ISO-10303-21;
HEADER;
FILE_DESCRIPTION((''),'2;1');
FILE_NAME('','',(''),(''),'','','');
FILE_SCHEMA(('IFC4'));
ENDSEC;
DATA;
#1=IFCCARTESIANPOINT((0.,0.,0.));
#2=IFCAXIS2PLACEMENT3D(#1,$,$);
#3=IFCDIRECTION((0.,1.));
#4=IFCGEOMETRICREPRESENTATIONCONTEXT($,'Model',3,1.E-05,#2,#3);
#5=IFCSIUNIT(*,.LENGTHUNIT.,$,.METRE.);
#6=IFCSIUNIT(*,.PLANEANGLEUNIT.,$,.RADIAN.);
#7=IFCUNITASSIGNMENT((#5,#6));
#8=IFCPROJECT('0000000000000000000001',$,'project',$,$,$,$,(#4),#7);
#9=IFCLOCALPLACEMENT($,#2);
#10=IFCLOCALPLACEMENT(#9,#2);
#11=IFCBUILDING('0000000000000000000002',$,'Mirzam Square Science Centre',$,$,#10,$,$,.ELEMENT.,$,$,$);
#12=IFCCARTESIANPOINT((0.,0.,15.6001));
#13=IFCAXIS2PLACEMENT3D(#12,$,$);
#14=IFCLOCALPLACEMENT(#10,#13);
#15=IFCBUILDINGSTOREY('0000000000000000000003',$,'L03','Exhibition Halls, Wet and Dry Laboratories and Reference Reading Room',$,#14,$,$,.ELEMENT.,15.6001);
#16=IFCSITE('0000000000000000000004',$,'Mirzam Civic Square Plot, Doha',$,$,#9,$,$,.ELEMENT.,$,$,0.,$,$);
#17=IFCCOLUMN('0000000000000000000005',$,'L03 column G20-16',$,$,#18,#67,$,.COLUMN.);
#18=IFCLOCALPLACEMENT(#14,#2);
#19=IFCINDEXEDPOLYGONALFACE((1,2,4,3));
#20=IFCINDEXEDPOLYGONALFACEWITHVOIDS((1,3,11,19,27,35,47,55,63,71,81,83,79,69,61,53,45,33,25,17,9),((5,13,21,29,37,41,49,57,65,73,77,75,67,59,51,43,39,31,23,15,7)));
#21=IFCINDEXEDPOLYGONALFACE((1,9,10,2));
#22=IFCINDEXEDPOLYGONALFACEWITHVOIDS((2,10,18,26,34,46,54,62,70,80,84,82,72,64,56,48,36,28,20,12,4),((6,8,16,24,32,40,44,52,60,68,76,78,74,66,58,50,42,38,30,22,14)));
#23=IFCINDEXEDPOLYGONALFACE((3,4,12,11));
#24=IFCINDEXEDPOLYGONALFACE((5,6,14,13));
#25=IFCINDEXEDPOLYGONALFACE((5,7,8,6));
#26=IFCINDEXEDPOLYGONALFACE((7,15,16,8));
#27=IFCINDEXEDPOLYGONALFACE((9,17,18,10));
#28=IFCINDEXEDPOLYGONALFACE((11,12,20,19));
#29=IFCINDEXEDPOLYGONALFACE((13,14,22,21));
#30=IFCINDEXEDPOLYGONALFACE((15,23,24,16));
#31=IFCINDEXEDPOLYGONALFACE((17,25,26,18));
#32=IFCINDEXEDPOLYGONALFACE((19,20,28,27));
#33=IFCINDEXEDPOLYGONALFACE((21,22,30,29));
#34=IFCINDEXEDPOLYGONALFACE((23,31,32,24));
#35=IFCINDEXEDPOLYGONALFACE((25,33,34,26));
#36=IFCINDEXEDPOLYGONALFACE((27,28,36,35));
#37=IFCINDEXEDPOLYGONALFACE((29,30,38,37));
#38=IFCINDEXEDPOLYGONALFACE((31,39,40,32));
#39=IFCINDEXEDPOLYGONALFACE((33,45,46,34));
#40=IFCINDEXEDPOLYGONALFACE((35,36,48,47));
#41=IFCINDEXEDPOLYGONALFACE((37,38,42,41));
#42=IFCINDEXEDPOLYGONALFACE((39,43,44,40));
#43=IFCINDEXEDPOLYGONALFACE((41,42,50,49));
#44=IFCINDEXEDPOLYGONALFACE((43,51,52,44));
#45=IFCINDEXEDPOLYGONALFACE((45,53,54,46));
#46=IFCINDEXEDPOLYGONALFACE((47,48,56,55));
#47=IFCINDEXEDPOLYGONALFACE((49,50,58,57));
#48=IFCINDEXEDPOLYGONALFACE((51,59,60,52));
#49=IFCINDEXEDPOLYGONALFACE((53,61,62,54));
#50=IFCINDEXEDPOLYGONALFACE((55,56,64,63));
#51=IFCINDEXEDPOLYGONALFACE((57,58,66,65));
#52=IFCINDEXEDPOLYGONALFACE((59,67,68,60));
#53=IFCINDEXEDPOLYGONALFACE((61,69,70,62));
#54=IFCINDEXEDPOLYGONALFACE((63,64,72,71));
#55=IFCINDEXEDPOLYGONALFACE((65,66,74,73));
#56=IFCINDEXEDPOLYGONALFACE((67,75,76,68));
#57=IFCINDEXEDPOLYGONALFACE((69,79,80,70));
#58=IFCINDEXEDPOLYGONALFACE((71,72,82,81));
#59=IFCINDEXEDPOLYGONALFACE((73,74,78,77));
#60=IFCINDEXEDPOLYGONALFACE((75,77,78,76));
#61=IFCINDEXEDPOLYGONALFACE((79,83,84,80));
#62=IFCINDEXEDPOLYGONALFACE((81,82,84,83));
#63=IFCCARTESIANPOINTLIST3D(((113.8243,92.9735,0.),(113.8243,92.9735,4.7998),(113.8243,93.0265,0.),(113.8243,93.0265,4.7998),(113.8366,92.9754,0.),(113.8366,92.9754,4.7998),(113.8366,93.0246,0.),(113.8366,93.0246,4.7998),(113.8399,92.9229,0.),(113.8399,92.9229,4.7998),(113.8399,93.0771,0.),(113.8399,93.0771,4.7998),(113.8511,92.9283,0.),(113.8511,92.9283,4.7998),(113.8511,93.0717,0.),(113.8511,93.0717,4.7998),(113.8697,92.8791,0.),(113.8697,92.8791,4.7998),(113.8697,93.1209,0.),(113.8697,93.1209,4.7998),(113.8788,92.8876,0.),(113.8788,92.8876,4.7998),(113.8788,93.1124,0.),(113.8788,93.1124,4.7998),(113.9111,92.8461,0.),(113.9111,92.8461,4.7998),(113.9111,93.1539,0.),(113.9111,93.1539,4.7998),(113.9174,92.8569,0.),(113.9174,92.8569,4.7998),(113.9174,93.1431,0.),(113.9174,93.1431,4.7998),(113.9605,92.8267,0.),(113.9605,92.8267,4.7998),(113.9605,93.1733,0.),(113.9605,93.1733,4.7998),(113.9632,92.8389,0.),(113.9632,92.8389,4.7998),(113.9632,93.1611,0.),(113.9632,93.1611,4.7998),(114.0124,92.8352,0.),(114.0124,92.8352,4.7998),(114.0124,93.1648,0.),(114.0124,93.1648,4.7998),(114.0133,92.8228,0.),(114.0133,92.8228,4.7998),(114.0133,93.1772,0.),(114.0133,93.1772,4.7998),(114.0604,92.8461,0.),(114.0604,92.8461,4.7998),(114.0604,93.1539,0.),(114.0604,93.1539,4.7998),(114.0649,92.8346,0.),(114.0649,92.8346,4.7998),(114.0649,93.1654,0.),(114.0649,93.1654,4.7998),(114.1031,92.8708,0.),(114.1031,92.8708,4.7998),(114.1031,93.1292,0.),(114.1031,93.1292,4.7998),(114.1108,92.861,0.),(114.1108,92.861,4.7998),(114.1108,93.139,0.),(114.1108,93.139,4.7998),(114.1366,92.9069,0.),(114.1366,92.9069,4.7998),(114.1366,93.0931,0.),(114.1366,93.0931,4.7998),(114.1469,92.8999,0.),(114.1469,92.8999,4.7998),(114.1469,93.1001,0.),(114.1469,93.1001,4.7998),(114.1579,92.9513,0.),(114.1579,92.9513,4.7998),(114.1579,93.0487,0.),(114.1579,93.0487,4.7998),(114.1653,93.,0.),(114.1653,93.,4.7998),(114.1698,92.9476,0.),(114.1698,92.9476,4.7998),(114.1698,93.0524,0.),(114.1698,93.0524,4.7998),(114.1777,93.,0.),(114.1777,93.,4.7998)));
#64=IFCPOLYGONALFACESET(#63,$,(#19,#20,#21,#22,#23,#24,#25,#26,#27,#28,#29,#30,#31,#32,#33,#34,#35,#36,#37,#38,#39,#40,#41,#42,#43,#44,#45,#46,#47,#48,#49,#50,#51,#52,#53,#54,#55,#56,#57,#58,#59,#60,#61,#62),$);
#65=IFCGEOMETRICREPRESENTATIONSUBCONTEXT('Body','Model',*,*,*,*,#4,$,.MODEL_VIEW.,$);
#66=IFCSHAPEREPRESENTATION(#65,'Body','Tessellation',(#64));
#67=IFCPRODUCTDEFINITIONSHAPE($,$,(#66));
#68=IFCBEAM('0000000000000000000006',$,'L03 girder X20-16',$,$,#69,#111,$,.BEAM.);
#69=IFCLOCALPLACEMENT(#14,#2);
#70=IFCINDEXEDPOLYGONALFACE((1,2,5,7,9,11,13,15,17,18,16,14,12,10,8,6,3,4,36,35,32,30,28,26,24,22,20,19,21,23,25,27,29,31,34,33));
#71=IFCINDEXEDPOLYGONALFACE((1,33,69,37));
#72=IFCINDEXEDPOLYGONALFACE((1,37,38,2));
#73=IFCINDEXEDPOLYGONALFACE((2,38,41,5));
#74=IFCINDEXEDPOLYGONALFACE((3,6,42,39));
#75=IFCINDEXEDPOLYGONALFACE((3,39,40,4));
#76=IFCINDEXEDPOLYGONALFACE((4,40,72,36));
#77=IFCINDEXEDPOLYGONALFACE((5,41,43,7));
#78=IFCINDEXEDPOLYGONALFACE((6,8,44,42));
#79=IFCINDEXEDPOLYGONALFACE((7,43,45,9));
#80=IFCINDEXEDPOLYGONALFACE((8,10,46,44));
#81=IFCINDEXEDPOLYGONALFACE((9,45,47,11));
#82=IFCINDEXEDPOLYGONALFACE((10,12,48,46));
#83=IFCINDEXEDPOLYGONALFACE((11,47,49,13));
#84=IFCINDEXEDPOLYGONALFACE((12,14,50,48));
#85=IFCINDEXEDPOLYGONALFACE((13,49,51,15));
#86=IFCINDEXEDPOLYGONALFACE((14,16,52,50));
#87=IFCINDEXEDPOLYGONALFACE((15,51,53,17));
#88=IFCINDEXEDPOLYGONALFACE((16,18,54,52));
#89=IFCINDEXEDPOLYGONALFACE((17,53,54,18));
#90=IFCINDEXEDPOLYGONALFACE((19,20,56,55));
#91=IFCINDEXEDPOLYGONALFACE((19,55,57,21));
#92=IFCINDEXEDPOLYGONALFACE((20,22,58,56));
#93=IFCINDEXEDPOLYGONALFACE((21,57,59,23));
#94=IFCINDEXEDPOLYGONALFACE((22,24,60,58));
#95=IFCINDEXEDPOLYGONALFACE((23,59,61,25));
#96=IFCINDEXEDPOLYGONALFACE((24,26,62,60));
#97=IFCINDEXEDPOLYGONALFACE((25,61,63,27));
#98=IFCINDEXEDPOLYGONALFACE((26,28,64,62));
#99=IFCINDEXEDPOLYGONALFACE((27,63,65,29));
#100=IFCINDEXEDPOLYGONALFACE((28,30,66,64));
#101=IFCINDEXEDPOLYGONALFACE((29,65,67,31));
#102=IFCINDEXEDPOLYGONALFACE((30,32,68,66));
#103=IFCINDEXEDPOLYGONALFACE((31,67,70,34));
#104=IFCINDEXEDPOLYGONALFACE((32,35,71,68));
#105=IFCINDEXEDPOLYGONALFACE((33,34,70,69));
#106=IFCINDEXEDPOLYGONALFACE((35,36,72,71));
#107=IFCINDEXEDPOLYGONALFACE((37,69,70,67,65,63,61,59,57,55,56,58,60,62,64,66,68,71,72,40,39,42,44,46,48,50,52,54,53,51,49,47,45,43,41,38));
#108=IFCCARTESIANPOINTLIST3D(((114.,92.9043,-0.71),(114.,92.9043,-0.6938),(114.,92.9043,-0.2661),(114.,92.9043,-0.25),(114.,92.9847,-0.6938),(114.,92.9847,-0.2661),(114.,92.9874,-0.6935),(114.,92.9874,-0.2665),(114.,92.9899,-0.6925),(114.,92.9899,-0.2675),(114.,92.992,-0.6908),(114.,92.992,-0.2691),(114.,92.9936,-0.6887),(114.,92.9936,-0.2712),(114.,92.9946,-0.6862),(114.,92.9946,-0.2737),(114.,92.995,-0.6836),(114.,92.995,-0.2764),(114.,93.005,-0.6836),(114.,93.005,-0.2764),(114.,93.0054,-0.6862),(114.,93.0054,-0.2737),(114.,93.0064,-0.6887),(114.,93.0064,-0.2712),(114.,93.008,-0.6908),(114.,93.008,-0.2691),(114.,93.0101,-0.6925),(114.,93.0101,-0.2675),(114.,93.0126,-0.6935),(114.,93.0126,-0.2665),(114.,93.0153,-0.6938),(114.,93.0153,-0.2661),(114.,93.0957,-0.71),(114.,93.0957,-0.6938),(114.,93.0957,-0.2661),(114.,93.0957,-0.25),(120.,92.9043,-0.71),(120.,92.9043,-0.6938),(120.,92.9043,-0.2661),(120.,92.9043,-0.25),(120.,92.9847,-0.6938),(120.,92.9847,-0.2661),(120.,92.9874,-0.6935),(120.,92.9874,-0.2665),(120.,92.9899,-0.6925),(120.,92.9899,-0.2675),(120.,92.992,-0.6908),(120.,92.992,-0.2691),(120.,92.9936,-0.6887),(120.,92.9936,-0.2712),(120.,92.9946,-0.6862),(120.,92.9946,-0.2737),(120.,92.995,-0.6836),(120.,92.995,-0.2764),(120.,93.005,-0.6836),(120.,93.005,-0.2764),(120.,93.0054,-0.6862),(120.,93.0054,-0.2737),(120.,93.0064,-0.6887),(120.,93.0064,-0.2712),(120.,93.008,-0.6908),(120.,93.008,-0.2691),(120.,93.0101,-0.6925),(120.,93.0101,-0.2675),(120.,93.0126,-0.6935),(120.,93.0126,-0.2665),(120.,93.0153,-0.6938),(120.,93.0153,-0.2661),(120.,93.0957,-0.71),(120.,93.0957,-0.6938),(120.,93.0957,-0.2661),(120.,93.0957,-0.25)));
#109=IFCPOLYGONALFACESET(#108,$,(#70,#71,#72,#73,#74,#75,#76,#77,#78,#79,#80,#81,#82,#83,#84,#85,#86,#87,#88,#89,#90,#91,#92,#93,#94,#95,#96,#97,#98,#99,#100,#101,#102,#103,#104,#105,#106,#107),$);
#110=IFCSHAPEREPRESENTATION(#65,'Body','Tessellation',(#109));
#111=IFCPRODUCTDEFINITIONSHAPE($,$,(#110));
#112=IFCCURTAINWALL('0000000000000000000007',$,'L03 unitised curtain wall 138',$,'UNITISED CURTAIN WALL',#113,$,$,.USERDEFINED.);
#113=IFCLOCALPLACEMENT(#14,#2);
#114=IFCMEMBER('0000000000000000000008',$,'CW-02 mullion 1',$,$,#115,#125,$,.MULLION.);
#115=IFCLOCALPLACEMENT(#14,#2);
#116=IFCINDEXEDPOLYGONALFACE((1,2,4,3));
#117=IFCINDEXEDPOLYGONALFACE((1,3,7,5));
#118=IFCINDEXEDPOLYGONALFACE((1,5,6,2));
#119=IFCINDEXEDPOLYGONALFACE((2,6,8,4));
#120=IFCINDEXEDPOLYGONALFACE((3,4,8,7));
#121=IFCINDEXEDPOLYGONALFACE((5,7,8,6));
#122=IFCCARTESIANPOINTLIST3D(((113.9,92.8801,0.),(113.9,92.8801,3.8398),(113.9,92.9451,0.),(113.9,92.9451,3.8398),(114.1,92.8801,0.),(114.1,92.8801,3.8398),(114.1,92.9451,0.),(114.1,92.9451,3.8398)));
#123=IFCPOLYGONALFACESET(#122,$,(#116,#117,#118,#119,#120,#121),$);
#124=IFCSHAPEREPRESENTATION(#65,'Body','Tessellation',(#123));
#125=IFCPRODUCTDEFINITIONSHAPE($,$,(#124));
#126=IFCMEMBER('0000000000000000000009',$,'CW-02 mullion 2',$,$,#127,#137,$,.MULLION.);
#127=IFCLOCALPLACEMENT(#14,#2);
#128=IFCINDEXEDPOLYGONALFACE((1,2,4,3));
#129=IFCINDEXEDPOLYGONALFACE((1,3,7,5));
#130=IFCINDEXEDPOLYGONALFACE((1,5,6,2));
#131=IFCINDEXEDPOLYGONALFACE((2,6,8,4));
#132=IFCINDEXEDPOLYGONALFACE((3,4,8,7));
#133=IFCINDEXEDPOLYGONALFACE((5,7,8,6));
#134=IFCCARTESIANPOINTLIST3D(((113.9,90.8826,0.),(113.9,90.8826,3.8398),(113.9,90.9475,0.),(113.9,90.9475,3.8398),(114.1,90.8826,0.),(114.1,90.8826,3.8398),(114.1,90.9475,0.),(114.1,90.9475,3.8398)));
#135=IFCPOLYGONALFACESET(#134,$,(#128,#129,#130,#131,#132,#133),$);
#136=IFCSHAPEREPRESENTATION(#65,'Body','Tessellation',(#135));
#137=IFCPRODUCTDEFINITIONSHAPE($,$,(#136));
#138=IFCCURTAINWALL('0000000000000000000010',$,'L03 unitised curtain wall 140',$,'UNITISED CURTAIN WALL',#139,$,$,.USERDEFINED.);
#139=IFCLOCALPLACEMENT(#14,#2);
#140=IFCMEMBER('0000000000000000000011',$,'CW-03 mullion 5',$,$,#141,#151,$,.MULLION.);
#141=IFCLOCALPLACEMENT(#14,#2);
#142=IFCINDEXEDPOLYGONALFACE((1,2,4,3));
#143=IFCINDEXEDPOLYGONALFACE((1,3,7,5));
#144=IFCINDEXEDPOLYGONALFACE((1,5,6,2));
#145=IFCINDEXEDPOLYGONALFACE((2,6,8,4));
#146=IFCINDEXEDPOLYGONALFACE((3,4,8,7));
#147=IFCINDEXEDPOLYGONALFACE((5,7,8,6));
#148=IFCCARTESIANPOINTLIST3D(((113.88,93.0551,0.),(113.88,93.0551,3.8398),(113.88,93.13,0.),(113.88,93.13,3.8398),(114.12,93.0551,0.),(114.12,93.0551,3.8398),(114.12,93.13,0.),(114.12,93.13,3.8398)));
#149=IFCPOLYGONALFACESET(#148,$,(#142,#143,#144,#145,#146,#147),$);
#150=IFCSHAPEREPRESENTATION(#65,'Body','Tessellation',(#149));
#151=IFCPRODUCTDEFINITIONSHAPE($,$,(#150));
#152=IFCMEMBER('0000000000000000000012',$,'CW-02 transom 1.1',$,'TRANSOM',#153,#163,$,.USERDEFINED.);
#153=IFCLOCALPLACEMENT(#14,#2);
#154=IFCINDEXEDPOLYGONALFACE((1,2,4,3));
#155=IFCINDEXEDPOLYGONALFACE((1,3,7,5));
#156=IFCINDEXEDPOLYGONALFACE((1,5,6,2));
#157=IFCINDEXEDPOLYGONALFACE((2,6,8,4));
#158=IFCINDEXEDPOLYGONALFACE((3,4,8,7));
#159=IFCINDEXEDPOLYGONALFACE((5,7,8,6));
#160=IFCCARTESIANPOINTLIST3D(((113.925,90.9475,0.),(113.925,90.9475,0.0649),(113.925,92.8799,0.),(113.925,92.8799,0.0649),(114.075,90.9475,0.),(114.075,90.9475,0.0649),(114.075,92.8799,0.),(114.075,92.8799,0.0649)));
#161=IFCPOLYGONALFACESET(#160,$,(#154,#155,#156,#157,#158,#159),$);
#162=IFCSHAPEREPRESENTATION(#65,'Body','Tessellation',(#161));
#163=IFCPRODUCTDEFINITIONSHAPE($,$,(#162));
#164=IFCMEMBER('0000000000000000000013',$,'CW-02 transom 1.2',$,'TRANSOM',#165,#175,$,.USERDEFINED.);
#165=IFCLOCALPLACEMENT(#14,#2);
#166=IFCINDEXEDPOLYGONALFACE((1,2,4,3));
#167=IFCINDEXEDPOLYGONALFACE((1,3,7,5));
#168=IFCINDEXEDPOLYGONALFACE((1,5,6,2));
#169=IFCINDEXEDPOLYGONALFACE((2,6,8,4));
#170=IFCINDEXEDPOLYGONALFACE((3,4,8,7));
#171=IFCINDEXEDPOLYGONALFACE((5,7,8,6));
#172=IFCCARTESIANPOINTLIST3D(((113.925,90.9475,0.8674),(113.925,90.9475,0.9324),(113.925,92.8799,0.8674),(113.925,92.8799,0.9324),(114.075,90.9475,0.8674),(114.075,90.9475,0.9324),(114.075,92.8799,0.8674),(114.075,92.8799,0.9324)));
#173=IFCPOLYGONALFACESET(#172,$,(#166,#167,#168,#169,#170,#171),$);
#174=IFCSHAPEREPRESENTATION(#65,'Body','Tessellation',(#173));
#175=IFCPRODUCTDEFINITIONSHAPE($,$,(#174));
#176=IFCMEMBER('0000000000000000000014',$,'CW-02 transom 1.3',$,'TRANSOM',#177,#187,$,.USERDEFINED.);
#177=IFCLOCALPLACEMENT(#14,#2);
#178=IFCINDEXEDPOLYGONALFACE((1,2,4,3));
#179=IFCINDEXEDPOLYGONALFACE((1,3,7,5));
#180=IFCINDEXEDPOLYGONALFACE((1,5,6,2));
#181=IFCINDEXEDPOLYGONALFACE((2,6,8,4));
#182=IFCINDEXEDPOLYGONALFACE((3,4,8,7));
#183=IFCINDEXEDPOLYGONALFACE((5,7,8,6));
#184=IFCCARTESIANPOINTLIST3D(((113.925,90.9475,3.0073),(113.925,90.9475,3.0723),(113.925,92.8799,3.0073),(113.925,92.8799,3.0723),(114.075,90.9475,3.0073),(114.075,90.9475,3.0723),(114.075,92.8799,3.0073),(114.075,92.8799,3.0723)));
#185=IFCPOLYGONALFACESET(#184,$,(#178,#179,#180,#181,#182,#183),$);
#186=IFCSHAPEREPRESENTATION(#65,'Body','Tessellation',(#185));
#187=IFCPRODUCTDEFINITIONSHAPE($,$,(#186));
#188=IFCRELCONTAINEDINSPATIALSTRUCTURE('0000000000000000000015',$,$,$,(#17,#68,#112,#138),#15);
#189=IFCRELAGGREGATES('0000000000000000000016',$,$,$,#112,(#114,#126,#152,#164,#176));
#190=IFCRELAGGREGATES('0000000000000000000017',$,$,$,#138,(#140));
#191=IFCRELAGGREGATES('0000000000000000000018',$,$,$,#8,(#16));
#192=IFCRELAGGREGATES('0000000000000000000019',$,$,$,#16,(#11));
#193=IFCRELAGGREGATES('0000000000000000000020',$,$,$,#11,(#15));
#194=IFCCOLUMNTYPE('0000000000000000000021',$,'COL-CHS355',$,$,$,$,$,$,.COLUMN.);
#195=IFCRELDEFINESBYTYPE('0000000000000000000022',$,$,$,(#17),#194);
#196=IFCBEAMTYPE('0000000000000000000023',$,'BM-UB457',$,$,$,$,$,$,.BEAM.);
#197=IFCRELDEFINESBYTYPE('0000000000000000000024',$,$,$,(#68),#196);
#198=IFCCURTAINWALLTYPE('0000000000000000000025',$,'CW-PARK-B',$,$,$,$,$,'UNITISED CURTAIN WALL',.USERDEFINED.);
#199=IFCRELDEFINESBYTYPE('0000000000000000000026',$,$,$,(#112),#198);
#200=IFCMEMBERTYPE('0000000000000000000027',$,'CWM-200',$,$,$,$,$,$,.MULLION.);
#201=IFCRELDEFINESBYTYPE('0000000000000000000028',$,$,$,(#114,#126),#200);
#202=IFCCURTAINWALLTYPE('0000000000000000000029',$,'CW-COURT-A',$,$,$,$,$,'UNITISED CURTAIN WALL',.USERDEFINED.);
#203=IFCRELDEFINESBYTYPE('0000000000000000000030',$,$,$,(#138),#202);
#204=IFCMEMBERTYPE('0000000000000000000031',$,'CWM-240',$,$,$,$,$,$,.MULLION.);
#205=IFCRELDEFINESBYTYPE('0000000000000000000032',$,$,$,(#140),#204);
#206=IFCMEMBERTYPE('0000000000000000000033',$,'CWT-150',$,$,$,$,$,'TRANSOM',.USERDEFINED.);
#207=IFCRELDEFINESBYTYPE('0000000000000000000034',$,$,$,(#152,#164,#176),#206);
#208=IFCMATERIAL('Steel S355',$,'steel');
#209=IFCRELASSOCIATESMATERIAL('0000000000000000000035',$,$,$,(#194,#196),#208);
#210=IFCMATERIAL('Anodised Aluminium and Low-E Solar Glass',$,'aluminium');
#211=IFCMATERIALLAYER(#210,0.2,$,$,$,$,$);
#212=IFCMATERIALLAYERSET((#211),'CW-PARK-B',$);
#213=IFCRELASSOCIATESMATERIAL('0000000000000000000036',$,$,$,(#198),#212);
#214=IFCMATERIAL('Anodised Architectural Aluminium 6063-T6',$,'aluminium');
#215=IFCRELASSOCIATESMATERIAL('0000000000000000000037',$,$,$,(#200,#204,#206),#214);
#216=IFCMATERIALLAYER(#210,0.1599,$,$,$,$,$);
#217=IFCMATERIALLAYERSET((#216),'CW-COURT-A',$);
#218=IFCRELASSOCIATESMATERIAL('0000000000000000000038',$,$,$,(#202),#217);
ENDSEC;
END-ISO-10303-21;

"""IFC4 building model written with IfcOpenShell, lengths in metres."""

from ifc_helpers import new_model, si_unit, direction, frame, origin, origin_2d, place, context, subcontext, project, spatial, rectangle, hollow_circle, i_section, extrude, material, layer, layer_set, material_profile, profile_set, type_object, element, aggregate, save


model = new_model("IFC4")

# Units and contexts
model_context = context("Model", 3, precision=1e-05, world=origin(), true_north=direction((0.0, 1.0)))
body_context = subcontext(model_context, "Body", "Model", "MODEL_VIEW")
ifc_project = project(units=[si_unit("LENGTHUNIT", "METRE"), si_unit("PLANEANGLEUNIT", "RADIAN")], contexts=[model_context])

# Site, building, storey
site_placement = place(None, origin())
site = spatial("IfcSite", under=ifc_project, at=site_placement, Name="Mirzam Civic Square Plot, Doha", CompositionType="ELEMENT", RefElevation=0.0)
building_placement = place(site_placement, origin())
building = spatial("IfcBuilding", under=site, at=building_placement, Name="Mirzam Square Science Centre", CompositionType="ELEMENT")
storey_placement = place(building_placement, frame((0.0, 0.0, 15.6001)))
storey = spatial("IfcBuildingStorey", under=building, at=storey_placement, Name="L03", Description="Exhibition Halls, Wet and Dry Laboratories and Reference Reading Room", CompositionType="ELEMENT", Elevation=15.6001)

# Column
ifc_material_1 = material(Name="Steel S355", Category="steel")
ifc_material_profile_1 = material_profile(ifc_material_1, hollow_circle(Radius=0.1777, WallThickness=0.0125, at=origin_2d()), Name="355.6x12.5CHS")
ifc_profile_set_1 = profile_set([ifc_material_profile_1], Name="Steel S355")
column_type = type_object("IfcColumnType", Name="COL-CHS355", PredefinedType="COLUMN", material=ifc_profile_set_1)
column_placement = place(storey_placement, frame((114.0, 93.0, 0.0), z_axis=(0.0, 0.0, 1.0), x_axis=(1.0, 0.0, 0.0)))
element("IfcColumn", 1, at=column_placement, inside=storey, type_object=column_type, Name="L03 column G20-16", PredefinedType="COLUMN", context=body_context, shape_type="SweptSolid", body=[
    extrude(hollow_circle(Radius=0.1777, WallThickness=0.0125, at=origin_2d()), origin(), (0.0, 0.0, 1.0), 4.7998),
])

# Beam
ifc_material_profile_2 = material_profile(ifc_material_1, i_section(OverallWidth=0.1914, OverallDepth=0.46, WebThickness=0.01, FlangeThickness=0.0161, FilletRadius=0.0103, at=origin_2d()), Name="457x191x82UB")
ifc_profile_set_2 = profile_set([ifc_material_profile_2], Name="Steel S355")
beam_type_1 = type_object("IfcBeamType", Name="BM-UB457", PredefinedType="BEAM", material=ifc_profile_set_2)
beam_1_placement = place(storey_placement, frame((114.0, 93.0, -0.48), z_axis=(1.0, 0.0, 0.0), x_axis=(0.0, 1.0, 0.0)))
element("IfcBeam", 2, at=beam_1_placement, inside=storey, type_object=beam_type_1, Name="L03 girder X20-16", PredefinedType="BEAM", context=body_context, shape_type="SweptSolid", body=[
    extrude(i_section(OverallWidth=0.1914, OverallDepth=0.46, WebThickness=0.01, FlangeThickness=0.0161, FilletRadius=0.0103, at=origin_2d()), origin(), (0.0, 0.0, 1.0), 6.0),
])

# Curtain wall, members
ifc_material_2 = material(Name="Anodised Aluminium and Low-E Solar Glass", Category="aluminium")
ifc_layer_1 = layer(ifc_material_2, 0.2)
ifc_layer_set_1 = layer_set([ifc_layer_1], Name="CW-PARK-B")
curtain_wall_type_1 = type_object("IfcCurtainWallType", Name="CW-PARK-B", ElementType="UNITISED CURTAIN WALL", PredefinedType="USERDEFINED", material=ifc_layer_set_1)
curtain_wall_1_placement = place(storey_placement, origin())
curtain_wall_1 = element("IfcCurtainWall", 3, at=curtain_wall_1_placement, inside=storey, type_object=curtain_wall_type_1, Name="L03 unitised curtain wall 138", ObjectType="UNITISED CURTAIN WALL", PredefinedType="USERDEFINED")
ifc_material_3 = material(Name="Anodised Architectural Aluminium 6063-T6", Category="aluminium")
ifc_material_profile_3 = material_profile(ifc_material_3, rectangle(XDim=0.0649, YDim=0.2, at=origin_2d()), Name="ALU-MULL-200x65x5")
ifc_profile_set_3 = profile_set([ifc_material_profile_3], Name="Anodised Architectural Aluminium 6063-T6")
member_type_1 = type_object("IfcMemberType", Name="CWM-200", PredefinedType="MULLION", material=ifc_profile_set_3)
member_1_placement = place(storey_placement, frame((114.0, 92.9126, 0.0), z_axis=(0.0, 0.0, 1.0), x_axis=(0.0, -1.0, 0.0)))
member_1 = element("IfcMember", 4, at=member_1_placement, type_object=member_type_1, Name="CW-02 mullion 1", PredefinedType="MULLION", context=body_context, shape_type="SweptSolid", body=[
    extrude(rectangle(XDim=0.0649, YDim=0.2, at=origin_2d()), origin(), (0.0, 0.0, 1.0), 3.8398),
])
member_2_placement = place(storey_placement, frame((114.0, 90.915, 0.0), z_axis=(0.0, 0.0, 1.0), x_axis=(0.0, -1.0, 0.0)))
member_2 = element("IfcMember", 5, at=member_2_placement, type_object=member_type_1, Name="CW-02 mullion 2", PredefinedType="MULLION", context=body_context, shape_type="SweptSolid", body=[
    extrude(rectangle(XDim=0.0649, YDim=0.2, at=origin_2d()), origin(), (0.0, 0.0, 1.0), 3.8398),
])

# Curtain wall, member
ifc_layer_2 = layer(ifc_material_2, 0.1599)
ifc_layer_set_2 = layer_set([ifc_layer_2], Name="CW-COURT-A")
curtain_wall_type_2 = type_object("IfcCurtainWallType", Name="CW-COURT-A", ElementType="UNITISED CURTAIN WALL", PredefinedType="USERDEFINED", material=ifc_layer_set_2)
curtain_wall_2_placement = place(storey_placement, origin())
curtain_wall_2 = element("IfcCurtainWall", 6, at=curtain_wall_2_placement, inside=storey, type_object=curtain_wall_type_2, Name="L03 unitised curtain wall 140", ObjectType="UNITISED CURTAIN WALL", PredefinedType="USERDEFINED")
ifc_material_profile_4 = material_profile(ifc_material_3, rectangle(XDim=0.075, YDim=0.24, at=origin_2d()), Name="ALU-MULL-240x75x5")
ifc_profile_set_4 = profile_set([ifc_material_profile_4], Name="Anodised Architectural Aluminium 6063-T6")
member_type_2 = type_object("IfcMemberType", Name="CWM-240", PredefinedType="MULLION", material=ifc_profile_set_4)
member_3_placement = place(storey_placement, frame((114.0, 93.0925, 0.0), z_axis=(0.0, 0.0, 1.0), x_axis=(0.0, -1.0, 0.0)))
member_3 = element("IfcMember", 7, at=member_3_placement, type_object=member_type_2, Name="CW-03 mullion 5", PredefinedType="MULLION", context=body_context, shape_type="SweptSolid", body=[
    extrude(rectangle(XDim=0.075, YDim=0.24, at=origin_2d()), origin(), (0.0, 0.0, 1.0), 3.8398),
])

# Members
ifc_material_profile_5 = material_profile(ifc_material_3, rectangle(XDim=0.1499, YDim=0.0649, at=origin_2d()), Name="ALU-TRAN-150x65x4")
ifc_profile_set_5 = profile_set([ifc_material_profile_5], Name="Anodised Architectural Aluminium 6063-T6")
member_type_3 = type_object("IfcMemberType", Name="CWT-150", ElementType="TRANSOM", PredefinedType="USERDEFINED", material=ifc_profile_set_5)
member_4_placement = place(storey_placement, frame((114.0, 92.8799, 0.0325), z_axis=(0.0, -1.0, 0.0), x_axis=(1.0, 0.0, 0.0)))
member_4 = element("IfcMember", 8, at=member_4_placement, type_object=member_type_3, Name="CW-02 transom 1.1", ObjectType="TRANSOM", PredefinedType="USERDEFINED", context=body_context, shape_type="SweptSolid", body=[
    extrude(rectangle(XDim=0.1499, YDim=0.0649, at=origin_2d()), origin(), (0.0, 0.0, 1.0), 1.9324),
])
member_5_placement = place(storey_placement, frame((114.0, 92.8799, 0.8999), z_axis=(0.0, -1.0, 0.0), x_axis=(1.0, 0.0, 0.0)))
member_5 = element("IfcMember", 9, at=member_5_placement, type_object=member_type_3, Name="CW-02 transom 1.2", ObjectType="TRANSOM", PredefinedType="USERDEFINED", context=body_context, shape_type="SweptSolid", body=[
    extrude(rectangle(XDim=0.1499, YDim=0.0649, at=origin_2d()), origin(), (0.0, 0.0, 1.0), 1.9324),
])
member_6_placement = place(storey_placement, frame((114.0, 92.8799, 3.0398), z_axis=(0.0, -1.0, 0.0), x_axis=(1.0, 0.0, 0.0)))
member_6 = element("IfcMember", 10, at=member_6_placement, type_object=member_type_3, Name="CW-02 transom 1.3", ObjectType="TRANSOM", PredefinedType="USERDEFINED", context=body_context, shape_type="SweptSolid", body=[
    extrude(rectangle(XDim=0.1499, YDim=0.0649, at=origin_2d()), origin(), (0.0, 0.0, 1.0), 1.9324),
])

aggregate(curtain_wall_1, [member_1, member_2, member_4, member_5, member_6])
aggregate(curtain_wall_2, [member_3])

save(model, "model.ifc")
